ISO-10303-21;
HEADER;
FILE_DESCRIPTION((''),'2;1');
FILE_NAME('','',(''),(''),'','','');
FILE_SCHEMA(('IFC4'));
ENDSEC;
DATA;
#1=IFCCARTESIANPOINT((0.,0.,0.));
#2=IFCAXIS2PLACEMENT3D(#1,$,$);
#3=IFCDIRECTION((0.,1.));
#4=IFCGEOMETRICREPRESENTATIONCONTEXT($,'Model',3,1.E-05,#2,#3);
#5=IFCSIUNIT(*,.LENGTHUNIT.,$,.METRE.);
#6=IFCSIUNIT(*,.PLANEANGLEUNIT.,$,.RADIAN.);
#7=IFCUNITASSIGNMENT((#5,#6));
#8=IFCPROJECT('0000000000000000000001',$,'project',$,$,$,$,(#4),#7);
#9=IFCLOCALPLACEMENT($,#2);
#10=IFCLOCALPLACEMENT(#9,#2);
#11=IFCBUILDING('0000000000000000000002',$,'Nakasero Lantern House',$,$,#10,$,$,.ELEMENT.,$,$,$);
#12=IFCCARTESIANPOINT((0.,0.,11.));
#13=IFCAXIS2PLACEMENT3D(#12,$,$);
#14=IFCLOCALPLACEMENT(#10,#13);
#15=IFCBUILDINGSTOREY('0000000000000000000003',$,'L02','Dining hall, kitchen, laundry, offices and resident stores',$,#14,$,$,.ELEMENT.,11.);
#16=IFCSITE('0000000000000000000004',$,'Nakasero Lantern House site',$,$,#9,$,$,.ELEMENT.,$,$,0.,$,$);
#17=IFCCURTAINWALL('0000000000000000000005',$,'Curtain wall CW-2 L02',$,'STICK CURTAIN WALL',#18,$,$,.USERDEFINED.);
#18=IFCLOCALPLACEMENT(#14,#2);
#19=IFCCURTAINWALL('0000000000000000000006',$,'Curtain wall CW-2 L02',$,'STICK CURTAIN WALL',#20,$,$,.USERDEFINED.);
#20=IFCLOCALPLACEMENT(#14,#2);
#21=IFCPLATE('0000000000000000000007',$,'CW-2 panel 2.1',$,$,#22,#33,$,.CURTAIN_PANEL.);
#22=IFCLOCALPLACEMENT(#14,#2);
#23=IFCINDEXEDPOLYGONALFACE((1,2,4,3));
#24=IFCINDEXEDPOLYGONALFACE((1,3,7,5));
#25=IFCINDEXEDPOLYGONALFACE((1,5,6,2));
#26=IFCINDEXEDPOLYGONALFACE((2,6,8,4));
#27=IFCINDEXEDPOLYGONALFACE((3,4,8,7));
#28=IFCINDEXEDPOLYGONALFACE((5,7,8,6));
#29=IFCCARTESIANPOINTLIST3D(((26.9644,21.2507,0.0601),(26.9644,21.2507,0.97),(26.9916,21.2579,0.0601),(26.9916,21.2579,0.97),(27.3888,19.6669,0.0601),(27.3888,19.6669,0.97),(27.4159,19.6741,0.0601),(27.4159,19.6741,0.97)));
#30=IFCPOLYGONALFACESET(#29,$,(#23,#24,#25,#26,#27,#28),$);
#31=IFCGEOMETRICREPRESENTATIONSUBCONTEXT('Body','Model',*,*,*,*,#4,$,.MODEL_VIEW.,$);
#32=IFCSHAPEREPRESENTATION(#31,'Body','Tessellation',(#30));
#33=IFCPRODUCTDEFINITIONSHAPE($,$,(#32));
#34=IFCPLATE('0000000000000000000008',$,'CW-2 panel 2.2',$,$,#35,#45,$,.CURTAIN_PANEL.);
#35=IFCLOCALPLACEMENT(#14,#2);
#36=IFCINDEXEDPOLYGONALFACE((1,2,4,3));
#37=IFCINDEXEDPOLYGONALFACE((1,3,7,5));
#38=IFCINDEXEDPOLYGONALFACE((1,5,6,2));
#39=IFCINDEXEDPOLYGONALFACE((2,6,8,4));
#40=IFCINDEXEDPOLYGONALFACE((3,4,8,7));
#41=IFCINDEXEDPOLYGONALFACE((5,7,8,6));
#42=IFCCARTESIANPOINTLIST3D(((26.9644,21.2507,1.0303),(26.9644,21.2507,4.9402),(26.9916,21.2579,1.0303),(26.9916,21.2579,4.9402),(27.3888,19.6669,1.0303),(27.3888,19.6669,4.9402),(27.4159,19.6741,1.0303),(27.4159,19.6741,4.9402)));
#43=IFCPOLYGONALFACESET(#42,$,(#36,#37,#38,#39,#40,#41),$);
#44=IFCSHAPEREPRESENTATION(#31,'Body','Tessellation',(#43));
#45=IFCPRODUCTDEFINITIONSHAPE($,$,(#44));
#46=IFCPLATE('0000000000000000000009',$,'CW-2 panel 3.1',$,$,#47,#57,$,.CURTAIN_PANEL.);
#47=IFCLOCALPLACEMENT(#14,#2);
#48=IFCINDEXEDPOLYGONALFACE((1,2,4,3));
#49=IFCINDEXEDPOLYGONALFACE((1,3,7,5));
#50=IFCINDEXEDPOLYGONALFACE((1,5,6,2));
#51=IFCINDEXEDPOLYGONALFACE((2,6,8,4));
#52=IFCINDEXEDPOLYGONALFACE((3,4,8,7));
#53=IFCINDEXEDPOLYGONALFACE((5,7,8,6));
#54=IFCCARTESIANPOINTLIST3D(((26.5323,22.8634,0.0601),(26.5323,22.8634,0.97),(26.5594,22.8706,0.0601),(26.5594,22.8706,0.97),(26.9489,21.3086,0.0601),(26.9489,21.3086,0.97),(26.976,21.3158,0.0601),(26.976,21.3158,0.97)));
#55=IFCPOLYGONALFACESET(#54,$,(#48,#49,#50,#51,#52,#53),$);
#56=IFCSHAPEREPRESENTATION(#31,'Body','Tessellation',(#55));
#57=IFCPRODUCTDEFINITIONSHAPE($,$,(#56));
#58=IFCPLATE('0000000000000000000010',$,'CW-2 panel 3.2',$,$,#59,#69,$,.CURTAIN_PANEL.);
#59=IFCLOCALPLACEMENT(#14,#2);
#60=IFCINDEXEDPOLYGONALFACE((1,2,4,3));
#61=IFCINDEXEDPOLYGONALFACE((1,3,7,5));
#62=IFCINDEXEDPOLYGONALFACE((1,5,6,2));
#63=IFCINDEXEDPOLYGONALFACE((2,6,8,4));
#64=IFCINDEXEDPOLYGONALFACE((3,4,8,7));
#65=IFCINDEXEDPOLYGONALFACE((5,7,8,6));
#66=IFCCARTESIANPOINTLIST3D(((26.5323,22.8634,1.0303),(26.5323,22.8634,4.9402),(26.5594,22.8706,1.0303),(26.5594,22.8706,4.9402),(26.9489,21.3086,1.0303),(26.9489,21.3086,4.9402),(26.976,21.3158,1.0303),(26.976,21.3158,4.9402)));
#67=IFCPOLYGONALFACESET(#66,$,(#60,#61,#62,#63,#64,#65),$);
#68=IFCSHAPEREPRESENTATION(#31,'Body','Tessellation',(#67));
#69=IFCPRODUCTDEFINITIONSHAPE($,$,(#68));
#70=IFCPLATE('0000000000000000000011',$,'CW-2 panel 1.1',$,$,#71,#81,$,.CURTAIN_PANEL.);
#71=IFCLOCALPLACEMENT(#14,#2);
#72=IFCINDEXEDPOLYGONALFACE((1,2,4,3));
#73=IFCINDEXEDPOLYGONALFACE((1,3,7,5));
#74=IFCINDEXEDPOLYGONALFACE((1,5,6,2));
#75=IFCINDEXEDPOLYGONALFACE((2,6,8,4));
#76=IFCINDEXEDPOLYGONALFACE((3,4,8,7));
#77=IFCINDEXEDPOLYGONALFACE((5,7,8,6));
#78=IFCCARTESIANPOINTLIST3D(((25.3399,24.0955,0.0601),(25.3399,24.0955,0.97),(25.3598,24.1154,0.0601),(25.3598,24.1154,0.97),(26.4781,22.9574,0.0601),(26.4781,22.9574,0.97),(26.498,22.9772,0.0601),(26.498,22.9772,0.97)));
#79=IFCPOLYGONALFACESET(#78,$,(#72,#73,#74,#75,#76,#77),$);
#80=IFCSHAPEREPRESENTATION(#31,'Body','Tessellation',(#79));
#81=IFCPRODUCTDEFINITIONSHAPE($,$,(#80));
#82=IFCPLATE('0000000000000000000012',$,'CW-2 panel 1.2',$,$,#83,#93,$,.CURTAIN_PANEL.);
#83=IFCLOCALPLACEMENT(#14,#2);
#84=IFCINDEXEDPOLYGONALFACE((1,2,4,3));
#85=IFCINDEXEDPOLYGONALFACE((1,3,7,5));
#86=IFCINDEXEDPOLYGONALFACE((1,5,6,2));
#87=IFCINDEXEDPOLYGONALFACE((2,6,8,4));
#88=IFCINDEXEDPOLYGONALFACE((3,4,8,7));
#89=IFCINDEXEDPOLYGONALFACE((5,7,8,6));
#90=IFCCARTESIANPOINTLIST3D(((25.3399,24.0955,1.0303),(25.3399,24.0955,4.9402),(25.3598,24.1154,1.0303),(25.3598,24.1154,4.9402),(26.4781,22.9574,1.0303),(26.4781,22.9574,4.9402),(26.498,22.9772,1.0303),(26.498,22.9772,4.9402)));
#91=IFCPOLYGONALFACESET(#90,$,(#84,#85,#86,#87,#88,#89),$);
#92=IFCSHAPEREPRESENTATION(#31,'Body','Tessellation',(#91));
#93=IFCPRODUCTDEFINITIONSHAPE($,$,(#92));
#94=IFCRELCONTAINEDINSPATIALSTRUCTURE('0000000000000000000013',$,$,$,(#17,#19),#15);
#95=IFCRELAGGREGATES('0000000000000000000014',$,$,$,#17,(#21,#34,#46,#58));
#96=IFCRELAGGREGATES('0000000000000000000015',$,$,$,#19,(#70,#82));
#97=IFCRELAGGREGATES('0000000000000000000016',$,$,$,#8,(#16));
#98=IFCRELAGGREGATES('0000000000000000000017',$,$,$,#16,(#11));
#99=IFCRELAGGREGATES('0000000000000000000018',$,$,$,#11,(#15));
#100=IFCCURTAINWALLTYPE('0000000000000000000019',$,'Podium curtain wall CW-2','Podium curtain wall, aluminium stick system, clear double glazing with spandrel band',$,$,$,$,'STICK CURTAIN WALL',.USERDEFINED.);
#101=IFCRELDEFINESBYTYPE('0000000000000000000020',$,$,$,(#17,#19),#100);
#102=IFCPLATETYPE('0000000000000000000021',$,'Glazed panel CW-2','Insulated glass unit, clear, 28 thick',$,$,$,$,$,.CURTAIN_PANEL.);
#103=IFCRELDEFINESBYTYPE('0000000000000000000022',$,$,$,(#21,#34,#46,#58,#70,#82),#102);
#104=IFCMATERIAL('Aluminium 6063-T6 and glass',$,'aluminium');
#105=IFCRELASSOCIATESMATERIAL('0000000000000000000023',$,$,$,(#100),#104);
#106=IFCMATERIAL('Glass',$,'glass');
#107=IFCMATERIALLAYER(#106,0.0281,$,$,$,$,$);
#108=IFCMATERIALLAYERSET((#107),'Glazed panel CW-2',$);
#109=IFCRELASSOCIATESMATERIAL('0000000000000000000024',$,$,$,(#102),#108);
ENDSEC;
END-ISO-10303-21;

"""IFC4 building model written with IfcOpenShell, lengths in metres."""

from ifc_helpers import new_model, si_unit, direction, frame, origin, origin_2d, place, context, subcontext, project, spatial, rectangle, extrude, material, layer, layer_set, type_object, element, aggregate, save


model = new_model("IFC4")

# Units and contexts
model_context = context("Model", 3, precision=1e-05, world=origin(), true_north=direction((0.0, 1.0)))
body_context = subcontext(model_context, "Body", "Model", "MODEL_VIEW")
ifc_project = project(units=[si_unit("LENGTHUNIT", "METRE"), si_unit("PLANEANGLEUNIT", "RADIAN")], contexts=[model_context])

# Site, building, storey
site_placement = place(None, origin())
site = spatial("IfcSite", under=ifc_project, at=site_placement, Name="Nakasero Lantern House site", CompositionType="ELEMENT", RefElevation=0.0)
building_placement = place(site_placement, origin())
building = spatial("IfcBuilding", under=site, at=building_placement, Name="Nakasero Lantern House", CompositionType="ELEMENT")
storey_placement = place(building_placement, frame((0.0, 0.0, 11.0)))
storey = spatial("IfcBuildingStorey", under=building, at=storey_placement, Name="L02", Description="Dining hall, kitchen, laundry, offices and resident stores", CompositionType="ELEMENT", Elevation=11.0)

# Curtain walls
ifc_material_1 = material(Name="Aluminium 6063-T6 and glass", Category="aluminium")
curtain_wall_type = type_object("IfcCurtainWallType", Name="Podium curtain wall CW-2", Description="Podium curtain wall, aluminium stick system, clear double glazing with spandrel band", ElementType="STICK CURTAIN WALL", PredefinedType="USERDEFINED", material=ifc_material_1)
curtain_wall_1_placement = place(storey_placement, origin())
curtain_wall_1 = element("IfcCurtainWall", 1, at=curtain_wall_1_placement, inside=storey, type_object=curtain_wall_type, Name="Curtain wall CW-2 L02", ObjectType="STICK CURTAIN WALL", PredefinedType="USERDEFINED")
curtain_wall_2_placement = place(storey_placement, origin())
curtain_wall_2 = element("IfcCurtainWall", 2, at=curtain_wall_2_placement, inside=storey, type_object=curtain_wall_type, Name="Curtain wall CW-2 L02", ObjectType="STICK CURTAIN WALL", PredefinedType="USERDEFINED")

# Plates
ifc_material_2 = material(Name="Glass", Category="glass")
ifc_layer = layer(ifc_material_2, 0.0281)
ifc_layer_set = layer_set([ifc_layer], Name="Glazed panel CW-2")
plate_type = type_object("IfcPlateType", Name="Glazed panel CW-2", Description="Insulated glass unit, clear, 28 thick", PredefinedType="CURTAIN_PANEL", material=ifc_layer_set)
plate_1_placement = place(storey_placement, frame((27.1902, 20.4624, 0.0601), z_axis=(0.0, 0.0, 1.0), x_axis=(-0.258819, 0.965926, 0.0)))
plate_1 = element("IfcPlate", 3, at=plate_1_placement, type_object=plate_type, Name="CW-2 panel 2.1", PredefinedType="CURTAIN_PANEL", context=body_context, shape_type="SweptSolid", body=[
    extrude(rectangle(XDim=1.6396, YDim=0.0281, at=origin_2d()), origin(), (0.0, 0.0, 1.0), 0.9099),
])
plate_2_placement = place(storey_placement, frame((27.1902, 20.4624, 1.0303), z_axis=(0.0, 0.0, 1.0), x_axis=(-0.258819, 0.965926, 0.0)))
plate_2 = element("IfcPlate", 4, at=plate_2_placement, type_object=plate_type, Name="CW-2 panel 2.2", PredefinedType="CURTAIN_PANEL", context=body_context, shape_type="SweptSolid", body=[
    extrude(rectangle(XDim=1.6396, YDim=0.0281, at=origin_2d()), origin(), (0.0, 0.0, 1.0), 3.9099),
])
plate_3_placement = place(storey_placement, frame((26.7542, 22.0896, 0.0601), z_axis=(0.0, 0.0, 1.0), x_axis=(-0.258819, 0.965926, 0.0)))
plate_3 = element("IfcPlate", 5, at=plate_3_placement, type_object=plate_type, Name="CW-2 panel 3.1", PredefinedType="CURTAIN_PANEL", context=body_context, shape_type="SweptSolid", body=[
    extrude(rectangle(XDim=1.6096, YDim=0.0281, at=origin_2d()), origin(), (0.0, 0.0, 1.0), 0.9099),
])
plate_4_placement = place(storey_placement, frame((26.7542, 22.0896, 1.0303), z_axis=(0.0, 0.0, 1.0), x_axis=(-0.258819, 0.965926, 0.0)))
plate_4 = element("IfcPlate", 6, at=plate_4_placement, type_object=plate_type, Name="CW-2 panel 3.2", PredefinedType="CURTAIN_PANEL", context=body_context, shape_type="SweptSolid", body=[
    extrude(rectangle(XDim=1.6096, YDim=0.0281, at=origin_2d()), origin(), (0.0, 0.0, 1.0), 3.9099),
])
aggregate(curtain_wall_1, [plate_1, plate_2, plate_3, plate_4])
plate_5_placement = place(storey_placement, frame((25.9189, 23.5364, 0.0601), z_axis=(0.0, 0.0, 1.0), x_axis=(-0.707107, 0.707107, 0.0)))
plate_5 = element("IfcPlate", 7, at=plate_5_placement, type_object=plate_type, Name="CW-2 panel 1.1", PredefinedType="CURTAIN_PANEL", context=body_context, shape_type="SweptSolid", body=[
    extrude(rectangle(XDim=1.6096, YDim=0.0281, at=origin_2d()), origin(), (0.0, 0.0, 1.0), 0.9099),
])
plate_6_placement = place(storey_placement, frame((25.9189, 23.5364, 1.0303), z_axis=(0.0, 0.0, 1.0), x_axis=(-0.707107, 0.707107, 0.0)))
plate_6 = element("IfcPlate", 8, at=plate_6_placement, type_object=plate_type, Name="CW-2 panel 1.2", PredefinedType="CURTAIN_PANEL", context=body_context, shape_type="SweptSolid", body=[
    extrude(rectangle(XDim=1.6096, YDim=0.0281, at=origin_2d()), origin(), (0.0, 0.0, 1.0), 3.9099),
])
aggregate(curtain_wall_2, [plate_5, plate_6])

save(model, "model.ifc")
